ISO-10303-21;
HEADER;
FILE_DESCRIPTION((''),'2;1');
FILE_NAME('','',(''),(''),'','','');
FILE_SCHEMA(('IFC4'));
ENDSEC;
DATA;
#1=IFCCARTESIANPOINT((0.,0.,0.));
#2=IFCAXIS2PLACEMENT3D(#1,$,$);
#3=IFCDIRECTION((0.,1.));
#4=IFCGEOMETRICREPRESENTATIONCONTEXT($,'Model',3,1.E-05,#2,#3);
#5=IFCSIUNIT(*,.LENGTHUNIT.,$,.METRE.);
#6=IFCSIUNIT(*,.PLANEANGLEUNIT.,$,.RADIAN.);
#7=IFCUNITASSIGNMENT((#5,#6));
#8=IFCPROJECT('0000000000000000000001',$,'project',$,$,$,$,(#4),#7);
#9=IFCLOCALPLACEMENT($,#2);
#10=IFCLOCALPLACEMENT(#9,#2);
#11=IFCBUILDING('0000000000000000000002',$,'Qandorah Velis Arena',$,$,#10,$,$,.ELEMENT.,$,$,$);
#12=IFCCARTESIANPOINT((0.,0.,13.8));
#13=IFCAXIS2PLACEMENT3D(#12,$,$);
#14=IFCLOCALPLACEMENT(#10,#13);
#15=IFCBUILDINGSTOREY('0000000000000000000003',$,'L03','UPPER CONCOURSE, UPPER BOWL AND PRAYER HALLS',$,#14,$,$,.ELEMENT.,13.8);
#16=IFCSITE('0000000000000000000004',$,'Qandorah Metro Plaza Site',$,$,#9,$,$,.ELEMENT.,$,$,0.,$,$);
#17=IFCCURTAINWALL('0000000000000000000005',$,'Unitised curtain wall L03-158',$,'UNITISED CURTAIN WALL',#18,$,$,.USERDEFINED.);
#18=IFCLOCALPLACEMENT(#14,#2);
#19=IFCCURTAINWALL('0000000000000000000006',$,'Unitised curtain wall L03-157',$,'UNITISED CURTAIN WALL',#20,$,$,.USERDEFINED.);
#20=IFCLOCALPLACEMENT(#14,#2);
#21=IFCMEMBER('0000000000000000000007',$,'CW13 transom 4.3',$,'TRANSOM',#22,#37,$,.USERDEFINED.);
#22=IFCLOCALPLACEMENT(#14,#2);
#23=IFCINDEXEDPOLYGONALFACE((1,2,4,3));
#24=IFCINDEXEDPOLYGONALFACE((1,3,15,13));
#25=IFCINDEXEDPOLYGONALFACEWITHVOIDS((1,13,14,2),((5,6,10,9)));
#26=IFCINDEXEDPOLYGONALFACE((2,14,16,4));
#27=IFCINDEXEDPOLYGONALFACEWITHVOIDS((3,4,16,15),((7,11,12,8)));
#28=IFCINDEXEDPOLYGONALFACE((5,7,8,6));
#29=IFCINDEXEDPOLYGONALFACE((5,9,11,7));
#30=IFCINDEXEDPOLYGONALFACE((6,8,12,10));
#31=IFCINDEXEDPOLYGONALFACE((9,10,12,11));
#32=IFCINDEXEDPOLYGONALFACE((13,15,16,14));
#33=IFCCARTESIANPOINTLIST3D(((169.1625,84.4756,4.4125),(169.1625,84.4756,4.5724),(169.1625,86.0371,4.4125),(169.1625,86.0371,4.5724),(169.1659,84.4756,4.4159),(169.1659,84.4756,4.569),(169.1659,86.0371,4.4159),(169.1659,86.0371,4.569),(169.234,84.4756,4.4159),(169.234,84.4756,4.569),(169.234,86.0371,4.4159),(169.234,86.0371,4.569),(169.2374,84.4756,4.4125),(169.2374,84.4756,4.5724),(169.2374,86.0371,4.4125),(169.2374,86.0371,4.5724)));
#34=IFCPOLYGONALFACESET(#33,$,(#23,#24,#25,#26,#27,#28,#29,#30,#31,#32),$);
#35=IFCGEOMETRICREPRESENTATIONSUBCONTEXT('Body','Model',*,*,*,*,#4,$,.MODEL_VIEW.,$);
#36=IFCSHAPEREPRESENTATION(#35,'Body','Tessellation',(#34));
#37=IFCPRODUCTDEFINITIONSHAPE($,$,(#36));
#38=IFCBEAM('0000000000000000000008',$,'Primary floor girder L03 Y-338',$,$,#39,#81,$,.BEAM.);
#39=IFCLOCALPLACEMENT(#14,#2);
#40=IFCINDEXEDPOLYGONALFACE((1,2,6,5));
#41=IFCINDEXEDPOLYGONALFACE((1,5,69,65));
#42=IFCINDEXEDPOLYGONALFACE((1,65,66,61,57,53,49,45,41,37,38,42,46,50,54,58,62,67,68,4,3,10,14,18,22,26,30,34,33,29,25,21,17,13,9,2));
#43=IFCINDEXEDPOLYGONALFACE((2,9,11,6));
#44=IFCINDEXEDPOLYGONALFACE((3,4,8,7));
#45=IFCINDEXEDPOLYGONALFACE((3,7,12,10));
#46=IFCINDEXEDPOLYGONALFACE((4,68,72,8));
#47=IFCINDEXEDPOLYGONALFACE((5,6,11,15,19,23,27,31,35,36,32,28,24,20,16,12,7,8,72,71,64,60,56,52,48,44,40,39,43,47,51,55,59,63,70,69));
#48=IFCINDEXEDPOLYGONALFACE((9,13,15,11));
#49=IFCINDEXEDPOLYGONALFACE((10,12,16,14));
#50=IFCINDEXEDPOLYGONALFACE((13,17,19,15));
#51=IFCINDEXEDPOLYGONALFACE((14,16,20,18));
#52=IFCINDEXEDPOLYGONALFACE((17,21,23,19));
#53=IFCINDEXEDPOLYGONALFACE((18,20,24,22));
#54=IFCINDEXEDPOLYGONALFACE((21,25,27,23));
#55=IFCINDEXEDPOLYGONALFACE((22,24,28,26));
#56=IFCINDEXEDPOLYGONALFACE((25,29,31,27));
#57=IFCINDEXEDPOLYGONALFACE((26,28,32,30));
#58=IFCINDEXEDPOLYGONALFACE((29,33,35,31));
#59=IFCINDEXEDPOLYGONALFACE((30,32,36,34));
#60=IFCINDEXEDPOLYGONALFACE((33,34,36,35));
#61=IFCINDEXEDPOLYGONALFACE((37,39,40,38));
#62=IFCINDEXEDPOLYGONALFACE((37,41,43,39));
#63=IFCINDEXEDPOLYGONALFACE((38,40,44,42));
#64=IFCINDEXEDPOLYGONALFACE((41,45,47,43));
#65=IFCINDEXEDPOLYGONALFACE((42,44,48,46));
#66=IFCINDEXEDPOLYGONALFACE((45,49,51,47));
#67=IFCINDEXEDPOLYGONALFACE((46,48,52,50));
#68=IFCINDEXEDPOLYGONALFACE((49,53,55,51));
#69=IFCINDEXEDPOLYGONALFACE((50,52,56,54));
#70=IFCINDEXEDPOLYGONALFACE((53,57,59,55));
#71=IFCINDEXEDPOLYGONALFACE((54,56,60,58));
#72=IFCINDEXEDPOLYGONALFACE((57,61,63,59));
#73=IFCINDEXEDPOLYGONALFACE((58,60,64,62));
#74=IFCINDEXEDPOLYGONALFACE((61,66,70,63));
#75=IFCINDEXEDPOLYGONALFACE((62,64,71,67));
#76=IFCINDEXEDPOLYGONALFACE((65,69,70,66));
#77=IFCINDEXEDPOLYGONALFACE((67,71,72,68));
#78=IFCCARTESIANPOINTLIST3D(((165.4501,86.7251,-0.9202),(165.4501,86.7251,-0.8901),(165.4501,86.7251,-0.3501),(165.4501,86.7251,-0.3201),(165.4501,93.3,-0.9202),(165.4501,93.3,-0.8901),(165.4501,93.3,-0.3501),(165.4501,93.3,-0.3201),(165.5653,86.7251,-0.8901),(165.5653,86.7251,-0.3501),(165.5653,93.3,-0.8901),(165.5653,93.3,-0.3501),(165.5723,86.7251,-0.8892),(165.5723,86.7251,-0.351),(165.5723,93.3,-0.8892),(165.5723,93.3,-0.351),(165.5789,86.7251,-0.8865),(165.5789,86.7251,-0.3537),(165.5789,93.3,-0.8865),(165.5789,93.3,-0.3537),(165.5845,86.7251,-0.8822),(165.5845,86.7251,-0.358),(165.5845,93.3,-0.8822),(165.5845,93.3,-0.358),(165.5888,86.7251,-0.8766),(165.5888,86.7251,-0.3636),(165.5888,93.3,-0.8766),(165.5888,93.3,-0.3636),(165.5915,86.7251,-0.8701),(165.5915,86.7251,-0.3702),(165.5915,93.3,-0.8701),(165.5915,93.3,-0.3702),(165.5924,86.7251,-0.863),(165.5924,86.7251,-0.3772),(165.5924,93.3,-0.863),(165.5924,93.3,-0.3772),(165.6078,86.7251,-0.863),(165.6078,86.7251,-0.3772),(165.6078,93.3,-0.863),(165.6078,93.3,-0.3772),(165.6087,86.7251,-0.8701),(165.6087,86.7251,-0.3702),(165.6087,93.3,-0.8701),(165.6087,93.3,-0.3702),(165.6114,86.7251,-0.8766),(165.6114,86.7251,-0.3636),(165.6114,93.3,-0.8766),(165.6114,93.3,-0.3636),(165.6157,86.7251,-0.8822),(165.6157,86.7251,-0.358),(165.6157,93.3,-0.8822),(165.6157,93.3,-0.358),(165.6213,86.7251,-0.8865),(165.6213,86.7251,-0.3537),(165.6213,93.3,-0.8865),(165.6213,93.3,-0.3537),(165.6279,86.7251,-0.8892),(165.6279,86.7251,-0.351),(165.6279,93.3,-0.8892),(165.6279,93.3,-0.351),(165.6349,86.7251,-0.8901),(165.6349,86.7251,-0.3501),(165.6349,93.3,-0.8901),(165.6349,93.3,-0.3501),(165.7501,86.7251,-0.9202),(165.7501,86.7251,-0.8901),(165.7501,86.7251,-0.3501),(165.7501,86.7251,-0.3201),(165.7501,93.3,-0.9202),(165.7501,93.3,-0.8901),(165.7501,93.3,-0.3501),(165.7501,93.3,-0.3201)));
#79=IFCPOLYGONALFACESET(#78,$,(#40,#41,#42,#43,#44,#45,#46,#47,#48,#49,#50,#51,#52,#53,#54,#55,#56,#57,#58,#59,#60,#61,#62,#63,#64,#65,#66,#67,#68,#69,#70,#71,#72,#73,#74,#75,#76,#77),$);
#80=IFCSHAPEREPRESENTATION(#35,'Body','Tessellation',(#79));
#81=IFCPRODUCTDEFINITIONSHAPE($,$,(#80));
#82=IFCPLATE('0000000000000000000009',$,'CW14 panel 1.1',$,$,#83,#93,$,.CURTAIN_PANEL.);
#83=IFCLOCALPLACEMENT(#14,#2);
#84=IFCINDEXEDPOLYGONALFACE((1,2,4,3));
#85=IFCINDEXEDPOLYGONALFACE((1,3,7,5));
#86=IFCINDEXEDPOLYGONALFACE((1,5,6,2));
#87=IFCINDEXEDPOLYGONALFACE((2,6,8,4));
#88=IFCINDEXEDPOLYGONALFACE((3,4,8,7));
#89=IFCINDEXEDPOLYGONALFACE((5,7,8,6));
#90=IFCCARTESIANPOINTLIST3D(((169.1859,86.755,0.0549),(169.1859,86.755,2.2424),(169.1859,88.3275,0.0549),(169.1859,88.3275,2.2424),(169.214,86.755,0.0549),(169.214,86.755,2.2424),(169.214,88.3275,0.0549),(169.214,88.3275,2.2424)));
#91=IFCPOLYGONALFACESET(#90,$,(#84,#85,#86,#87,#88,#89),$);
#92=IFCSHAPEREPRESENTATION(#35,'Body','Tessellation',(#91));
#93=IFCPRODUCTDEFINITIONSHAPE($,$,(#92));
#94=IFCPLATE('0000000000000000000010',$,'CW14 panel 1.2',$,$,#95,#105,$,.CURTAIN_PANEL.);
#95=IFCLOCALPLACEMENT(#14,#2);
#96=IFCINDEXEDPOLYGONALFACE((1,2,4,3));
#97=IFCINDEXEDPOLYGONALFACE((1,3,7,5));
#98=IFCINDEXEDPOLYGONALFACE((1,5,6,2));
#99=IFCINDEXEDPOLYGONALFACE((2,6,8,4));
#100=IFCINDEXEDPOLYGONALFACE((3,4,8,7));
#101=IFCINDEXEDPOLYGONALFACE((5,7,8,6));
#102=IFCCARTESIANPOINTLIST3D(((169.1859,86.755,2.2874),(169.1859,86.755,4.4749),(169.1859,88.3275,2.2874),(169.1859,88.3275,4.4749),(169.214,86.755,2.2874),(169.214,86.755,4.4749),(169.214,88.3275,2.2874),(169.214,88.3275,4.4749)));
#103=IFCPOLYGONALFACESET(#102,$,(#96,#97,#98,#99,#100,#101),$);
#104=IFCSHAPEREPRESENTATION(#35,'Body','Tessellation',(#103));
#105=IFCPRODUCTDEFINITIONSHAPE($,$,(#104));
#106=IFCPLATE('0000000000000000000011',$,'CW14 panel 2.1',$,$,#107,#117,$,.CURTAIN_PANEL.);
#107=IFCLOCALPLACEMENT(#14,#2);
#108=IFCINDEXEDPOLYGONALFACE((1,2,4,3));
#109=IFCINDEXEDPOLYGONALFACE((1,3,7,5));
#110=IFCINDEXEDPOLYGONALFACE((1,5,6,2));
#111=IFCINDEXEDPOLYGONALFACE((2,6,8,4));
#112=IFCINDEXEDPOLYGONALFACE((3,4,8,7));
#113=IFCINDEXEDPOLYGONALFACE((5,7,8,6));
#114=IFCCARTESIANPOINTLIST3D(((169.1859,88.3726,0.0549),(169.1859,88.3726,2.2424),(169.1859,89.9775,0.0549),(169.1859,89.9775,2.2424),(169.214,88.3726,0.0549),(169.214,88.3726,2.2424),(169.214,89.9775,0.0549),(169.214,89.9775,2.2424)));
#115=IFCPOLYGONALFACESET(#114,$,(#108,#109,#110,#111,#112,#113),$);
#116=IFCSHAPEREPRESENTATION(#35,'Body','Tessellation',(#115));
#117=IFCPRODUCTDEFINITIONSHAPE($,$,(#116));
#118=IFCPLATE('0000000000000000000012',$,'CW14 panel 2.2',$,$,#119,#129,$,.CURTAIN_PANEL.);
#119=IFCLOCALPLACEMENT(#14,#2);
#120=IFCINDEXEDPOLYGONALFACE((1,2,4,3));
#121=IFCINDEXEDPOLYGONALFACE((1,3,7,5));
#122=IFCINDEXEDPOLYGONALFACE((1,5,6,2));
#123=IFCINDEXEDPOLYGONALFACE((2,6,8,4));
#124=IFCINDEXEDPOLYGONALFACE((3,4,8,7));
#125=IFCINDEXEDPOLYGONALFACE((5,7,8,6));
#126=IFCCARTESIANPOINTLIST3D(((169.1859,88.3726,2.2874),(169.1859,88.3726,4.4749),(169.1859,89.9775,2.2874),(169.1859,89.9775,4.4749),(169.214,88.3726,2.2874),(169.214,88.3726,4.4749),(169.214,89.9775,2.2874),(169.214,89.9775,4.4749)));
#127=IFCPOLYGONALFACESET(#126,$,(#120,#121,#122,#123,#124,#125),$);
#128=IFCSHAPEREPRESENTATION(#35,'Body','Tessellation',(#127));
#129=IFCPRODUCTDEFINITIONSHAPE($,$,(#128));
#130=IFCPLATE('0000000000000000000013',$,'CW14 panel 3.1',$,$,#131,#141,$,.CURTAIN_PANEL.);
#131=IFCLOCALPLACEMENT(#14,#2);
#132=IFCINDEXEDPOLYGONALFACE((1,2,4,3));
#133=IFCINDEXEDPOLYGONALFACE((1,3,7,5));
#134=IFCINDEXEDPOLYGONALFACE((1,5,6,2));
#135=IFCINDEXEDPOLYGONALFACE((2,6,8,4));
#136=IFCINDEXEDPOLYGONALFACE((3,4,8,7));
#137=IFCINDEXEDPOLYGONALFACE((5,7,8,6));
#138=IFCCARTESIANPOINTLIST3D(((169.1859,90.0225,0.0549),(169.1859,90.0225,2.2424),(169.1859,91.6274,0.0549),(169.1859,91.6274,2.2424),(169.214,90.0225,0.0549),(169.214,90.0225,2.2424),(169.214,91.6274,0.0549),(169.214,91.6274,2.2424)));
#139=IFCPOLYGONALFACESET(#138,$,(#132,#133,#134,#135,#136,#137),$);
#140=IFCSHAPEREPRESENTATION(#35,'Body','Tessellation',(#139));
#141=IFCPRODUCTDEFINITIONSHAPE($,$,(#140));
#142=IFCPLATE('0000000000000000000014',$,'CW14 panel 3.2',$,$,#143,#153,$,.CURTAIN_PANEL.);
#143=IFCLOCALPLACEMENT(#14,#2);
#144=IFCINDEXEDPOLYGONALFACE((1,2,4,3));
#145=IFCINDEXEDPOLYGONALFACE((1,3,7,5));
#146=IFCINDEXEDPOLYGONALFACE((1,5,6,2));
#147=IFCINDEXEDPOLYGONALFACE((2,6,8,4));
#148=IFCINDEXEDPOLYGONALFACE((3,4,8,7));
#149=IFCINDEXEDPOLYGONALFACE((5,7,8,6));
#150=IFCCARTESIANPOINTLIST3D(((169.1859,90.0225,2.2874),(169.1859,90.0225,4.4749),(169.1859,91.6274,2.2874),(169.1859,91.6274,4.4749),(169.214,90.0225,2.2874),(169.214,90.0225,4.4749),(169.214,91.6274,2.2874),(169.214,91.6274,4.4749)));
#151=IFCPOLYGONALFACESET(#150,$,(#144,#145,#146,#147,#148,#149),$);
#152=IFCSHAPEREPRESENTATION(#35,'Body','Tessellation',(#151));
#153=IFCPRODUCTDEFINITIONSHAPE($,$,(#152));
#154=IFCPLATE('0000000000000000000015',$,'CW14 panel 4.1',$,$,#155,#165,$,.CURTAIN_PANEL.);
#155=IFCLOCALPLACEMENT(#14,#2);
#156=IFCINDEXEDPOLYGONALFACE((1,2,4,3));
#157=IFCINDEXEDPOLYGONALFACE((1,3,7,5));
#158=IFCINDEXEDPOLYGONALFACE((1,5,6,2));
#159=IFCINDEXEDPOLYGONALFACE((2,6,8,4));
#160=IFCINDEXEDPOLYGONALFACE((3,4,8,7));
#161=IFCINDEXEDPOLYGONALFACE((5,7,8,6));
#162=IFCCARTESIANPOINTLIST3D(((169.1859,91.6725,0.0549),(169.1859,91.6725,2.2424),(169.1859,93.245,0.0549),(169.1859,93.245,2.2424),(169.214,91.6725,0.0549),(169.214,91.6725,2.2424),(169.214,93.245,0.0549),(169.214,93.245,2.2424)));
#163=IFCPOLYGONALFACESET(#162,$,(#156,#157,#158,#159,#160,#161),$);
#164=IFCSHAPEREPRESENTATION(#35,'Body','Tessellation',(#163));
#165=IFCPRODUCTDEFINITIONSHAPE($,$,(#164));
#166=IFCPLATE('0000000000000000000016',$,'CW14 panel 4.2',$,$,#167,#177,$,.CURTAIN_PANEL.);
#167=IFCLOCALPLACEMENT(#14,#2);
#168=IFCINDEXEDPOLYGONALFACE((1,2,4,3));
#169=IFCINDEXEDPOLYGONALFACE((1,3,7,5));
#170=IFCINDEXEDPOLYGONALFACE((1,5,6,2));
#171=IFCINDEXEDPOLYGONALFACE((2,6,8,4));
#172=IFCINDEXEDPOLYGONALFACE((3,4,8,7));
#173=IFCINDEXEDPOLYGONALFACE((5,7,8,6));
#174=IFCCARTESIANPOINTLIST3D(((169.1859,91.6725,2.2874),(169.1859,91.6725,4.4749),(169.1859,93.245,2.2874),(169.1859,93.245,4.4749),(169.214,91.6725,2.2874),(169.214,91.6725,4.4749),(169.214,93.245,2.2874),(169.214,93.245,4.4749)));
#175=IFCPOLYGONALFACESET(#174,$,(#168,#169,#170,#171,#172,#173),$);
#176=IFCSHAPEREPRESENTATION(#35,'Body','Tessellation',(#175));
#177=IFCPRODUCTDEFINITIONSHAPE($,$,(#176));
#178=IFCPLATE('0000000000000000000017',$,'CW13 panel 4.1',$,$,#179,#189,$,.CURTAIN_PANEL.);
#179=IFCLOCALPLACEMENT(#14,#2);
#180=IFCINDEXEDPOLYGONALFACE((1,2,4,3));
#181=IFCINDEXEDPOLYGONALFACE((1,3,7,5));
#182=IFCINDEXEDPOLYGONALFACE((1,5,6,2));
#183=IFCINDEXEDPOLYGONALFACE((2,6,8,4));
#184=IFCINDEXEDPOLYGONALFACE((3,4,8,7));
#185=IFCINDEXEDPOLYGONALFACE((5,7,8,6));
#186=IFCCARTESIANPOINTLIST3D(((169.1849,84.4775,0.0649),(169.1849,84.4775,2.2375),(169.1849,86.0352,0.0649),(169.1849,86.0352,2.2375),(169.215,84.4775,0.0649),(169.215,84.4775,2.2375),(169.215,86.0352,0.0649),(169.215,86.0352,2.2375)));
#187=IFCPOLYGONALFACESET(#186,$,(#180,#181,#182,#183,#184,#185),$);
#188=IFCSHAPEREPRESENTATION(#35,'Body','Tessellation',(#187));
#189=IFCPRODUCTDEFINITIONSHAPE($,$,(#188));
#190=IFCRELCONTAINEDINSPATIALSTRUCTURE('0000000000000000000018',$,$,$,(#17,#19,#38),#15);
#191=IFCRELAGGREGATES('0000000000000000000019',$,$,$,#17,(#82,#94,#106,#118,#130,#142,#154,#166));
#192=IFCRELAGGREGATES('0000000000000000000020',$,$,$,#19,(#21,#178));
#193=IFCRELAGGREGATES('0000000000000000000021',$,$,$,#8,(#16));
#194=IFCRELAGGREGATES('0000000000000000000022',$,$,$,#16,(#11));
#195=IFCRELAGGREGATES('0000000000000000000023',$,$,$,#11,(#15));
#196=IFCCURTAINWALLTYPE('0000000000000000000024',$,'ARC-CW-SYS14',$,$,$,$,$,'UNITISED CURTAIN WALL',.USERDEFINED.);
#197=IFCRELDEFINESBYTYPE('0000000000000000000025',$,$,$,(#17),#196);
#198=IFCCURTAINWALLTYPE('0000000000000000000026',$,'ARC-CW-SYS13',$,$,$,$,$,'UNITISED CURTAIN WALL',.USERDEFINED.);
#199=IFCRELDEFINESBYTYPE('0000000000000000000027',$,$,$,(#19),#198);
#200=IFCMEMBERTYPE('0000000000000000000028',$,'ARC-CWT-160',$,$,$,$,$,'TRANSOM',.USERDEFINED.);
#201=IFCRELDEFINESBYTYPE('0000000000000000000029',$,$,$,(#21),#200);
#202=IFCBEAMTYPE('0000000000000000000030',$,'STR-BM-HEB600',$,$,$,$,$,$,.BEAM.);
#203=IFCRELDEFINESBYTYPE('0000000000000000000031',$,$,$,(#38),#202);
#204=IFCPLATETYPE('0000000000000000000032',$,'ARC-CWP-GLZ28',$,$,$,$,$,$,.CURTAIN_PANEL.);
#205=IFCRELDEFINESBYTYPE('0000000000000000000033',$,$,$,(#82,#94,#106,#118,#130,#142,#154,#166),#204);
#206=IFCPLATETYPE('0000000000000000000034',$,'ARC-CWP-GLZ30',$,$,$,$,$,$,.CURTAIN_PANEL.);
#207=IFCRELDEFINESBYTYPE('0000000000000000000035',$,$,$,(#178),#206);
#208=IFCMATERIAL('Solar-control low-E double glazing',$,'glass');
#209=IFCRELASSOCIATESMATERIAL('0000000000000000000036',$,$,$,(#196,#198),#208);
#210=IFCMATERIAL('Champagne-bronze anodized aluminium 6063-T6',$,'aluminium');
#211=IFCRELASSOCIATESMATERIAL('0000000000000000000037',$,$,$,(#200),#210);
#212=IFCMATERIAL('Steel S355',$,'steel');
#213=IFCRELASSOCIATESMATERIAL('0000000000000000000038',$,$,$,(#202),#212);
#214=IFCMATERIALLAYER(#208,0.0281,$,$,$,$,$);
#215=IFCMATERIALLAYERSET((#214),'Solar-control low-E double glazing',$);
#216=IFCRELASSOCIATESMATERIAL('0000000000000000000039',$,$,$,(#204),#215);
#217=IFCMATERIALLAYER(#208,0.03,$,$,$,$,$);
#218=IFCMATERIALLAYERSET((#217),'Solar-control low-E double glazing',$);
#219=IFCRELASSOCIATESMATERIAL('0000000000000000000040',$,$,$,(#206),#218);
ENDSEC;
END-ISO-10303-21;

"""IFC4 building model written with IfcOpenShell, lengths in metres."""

from ifc_helpers import new_model, si_unit, direction, frame, origin, origin_2d, place, context, subcontext, project, spatial, rectangle, hollow_rectangle, i_section, extrude, material, layer, layer_set, material_profile, profile_set, type_object, element, aggregate, save


model = new_model("IFC4")

# Units and contexts
model_context = context("Model", 3, precision=1e-05, world=origin(), true_north=direction((0.0, 1.0)))
body_context = subcontext(model_context, "Body", "Model", "MODEL_VIEW")
ifc_project = project(units=[si_unit("LENGTHUNIT", "METRE"), si_unit("PLANEANGLEUNIT", "RADIAN")], contexts=[model_context])

# Site, building, storey
site_placement = place(None, origin())
site = spatial("IfcSite", under=ifc_project, at=site_placement, Name="Qandorah Metro Plaza Site", CompositionType="ELEMENT", RefElevation=0.0)
building_placement = place(site_placement, origin())
building = spatial("IfcBuilding", under=site, at=building_placement, Name="Qandorah Velis Arena", CompositionType="ELEMENT")
storey_placement = place(building_placement, frame((0.0, 0.0, 13.8)))
storey = spatial("IfcBuildingStorey", under=building, at=storey_placement, Name="L03", Description="UPPER CONCOURSE, UPPER BOWL AND PRAYER HALLS", CompositionType="ELEMENT", Elevation=13.8)

# Curtain wall
ifc_material_1 = material(Name="Solar-control low-E double glazing", Category="glass")
curtain_wall_type_1 = type_object("IfcCurtainWallType", Name="ARC-CW-SYS14", ElementType="UNITISED CURTAIN WALL", PredefinedType="USERDEFINED", material=ifc_material_1)
curtain_wall_1_placement = place(storey_placement, origin())
curtain_wall_1 = element("IfcCurtainWall", 1, at=curtain_wall_1_placement, inside=storey, type_object=curtain_wall_type_1, Name="Unitised curtain wall L03-158", ObjectType="UNITISED CURTAIN WALL", PredefinedType="USERDEFINED")
ifc_material_2 = material(Name="Champagne-bronze anodized aluminium 6063-T6", Category="aluminium")

# Curtain wall
curtain_wall_type_2 = type_object("IfcCurtainWallType", Name="ARC-CW-SYS13", ElementType="UNITISED CURTAIN WALL", PredefinedType="USERDEFINED", material=ifc_material_1)
curtain_wall_2_placement = place(storey_placement, origin())
curtain_wall_2 = element("IfcCurtainWall", 2, at=curtain_wall_2_placement, inside=storey, type_object=curtain_wall_type_2, Name="Unitised curtain wall L03-157", ObjectType="UNITISED CURTAIN WALL", PredefinedType="USERDEFINED")

# Member
ifc_material_profile_1 = material_profile(ifc_material_2, hollow_rectangle(XDim=0.075, YDim=0.1599, WallThickness=0.0034, at=origin_2d()), Name="ALU TRANSOM 75x160")
ifc_profile_set_1 = profile_set([ifc_material_profile_1], Name="Champagne-bronze anodized aluminium 6063-T6")
member_type_1 = type_object("IfcMemberType", Name="ARC-CWT-160", ElementType="TRANSOM", PredefinedType="USERDEFINED", material=ifc_profile_set_1)
member_1_placement = place(storey_placement, frame((169.2, 84.4756, 4.4924), z_axis=(0.0, 1.0, 0.0), x_axis=(-1.0, 0.0, 0.0)))
member_1 = element("IfcMember", 3, at=member_1_placement, type_object=member_type_1, Name="CW13 transom 4.3", ObjectType="TRANSOM", PredefinedType="USERDEFINED", context=body_context, shape_type="SweptSolid", body=[
    extrude(hollow_rectangle(XDim=0.075, YDim=0.1599, WallThickness=0.0034, at=origin_2d()), origin(), (0.0, 0.0, 1.0), 1.5615),
])

# Beam
ifc_material_3 = material(Name="Steel S355", Category="steel")
ifc_material_profile_2 = material_profile(ifc_material_3, i_section(OverallWidth=0.3, OverallDepth=0.6001, WebThickness=0.0154, FlangeThickness=0.03, FilletRadius=0.0271, at=origin_2d()), Name="HEB 600")
ifc_profile_set_2 = profile_set([ifc_material_profile_2], Name="Steel S355")
beam_type = type_object("IfcBeamType", Name="STR-BM-HEB600", PredefinedType="BEAM", material=ifc_profile_set_2)
beam_placement = place(storey_placement, frame((165.6001, 86.7251, -0.6201), z_axis=(0.0, 1.0, 0.0), x_axis=(-1.0, 0.0, 0.0)))
element("IfcBeam", 4, at=beam_placement, inside=storey, type_object=beam_type, Name="Primary floor girder L03 Y-338", PredefinedType="BEAM", context=body_context, shape_type="SweptSolid", body=[
    extrude(i_section(OverallWidth=0.3, OverallDepth=0.6001, WebThickness=0.0154, FlangeThickness=0.03, FilletRadius=0.0271, at=origin_2d()), origin(), (0.0, 0.0, 1.0), 6.575),
])

# Plates
ifc_layer_1 = layer(ifc_material_1, 0.0281)
ifc_layer_set_1 = layer_set([ifc_layer_1], Name="Solar-control low-E double glazing")
plate_type_1 = type_object("IfcPlateType", Name="ARC-CWP-GLZ28", PredefinedType="CURTAIN_PANEL", material=ifc_layer_set_1)
plate_1_placement = place(storey_placement, frame((169.2, 87.5413, 0.0549), z_axis=(0.0, 0.0, 1.0), x_axis=(0.0, 1.0, 0.0)))
plate_1 = element("IfcPlate", 5, at=plate_1_placement, type_object=plate_type_1, Name="CW14 panel 1.1", PredefinedType="CURTAIN_PANEL", context=body_context, shape_type="SweptSolid", body=[
    extrude(rectangle(XDim=1.5725, YDim=0.0281, at=origin_2d()), origin(), (0.0, 0.0, 1.0), 2.1875),
])
plate_2_placement = place(storey_placement, frame((169.2, 87.5413, 2.2874), z_axis=(0.0, 0.0, 1.0), x_axis=(0.0, 1.0, 0.0)))
plate_2 = element("IfcPlate", 6, at=plate_2_placement, type_object=plate_type_1, Name="CW14 panel 1.2", PredefinedType="CURTAIN_PANEL", context=body_context, shape_type="SweptSolid", body=[
    extrude(rectangle(XDim=1.5725, YDim=0.0281, at=origin_2d()), origin(), (0.0, 0.0, 1.0), 2.1875),
])
plate_3_placement = place(storey_placement, frame((169.2, 89.175, 0.0549), z_axis=(0.0, 0.0, 1.0), x_axis=(0.0, 1.0, 0.0)))
plate_3 = element("IfcPlate", 7, at=plate_3_placement, type_object=plate_type_1, Name="CW14 panel 2.1", PredefinedType="CURTAIN_PANEL", context=body_context, shape_type="SweptSolid", body=[
    extrude(rectangle(XDim=1.605, YDim=0.0281, at=origin_2d()), origin(), (0.0, 0.0, 1.0), 2.1875),
])
plate_4_placement = place(storey_placement, frame((169.2, 89.175, 2.2874), z_axis=(0.0, 0.0, 1.0), x_axis=(0.0, 1.0, 0.0)))
plate_4 = element("IfcPlate", 8, at=plate_4_placement, type_object=plate_type_1, Name="CW14 panel 2.2", PredefinedType="CURTAIN_PANEL", context=body_context, shape_type="SweptSolid", body=[
    extrude(rectangle(XDim=1.605, YDim=0.0281, at=origin_2d()), origin(), (0.0, 0.0, 1.0), 2.1875),
])
plate_5_placement = place(storey_placement, frame((169.2, 90.825, 0.0549), z_axis=(0.0, 0.0, 1.0), x_axis=(0.0, 1.0, 0.0)))
plate_5 = element("IfcPlate", 9, at=plate_5_placement, type_object=plate_type_1, Name="CW14 panel 3.1", PredefinedType="CURTAIN_PANEL", context=body_context, shape_type="SweptSolid", body=[
    extrude(rectangle(XDim=1.605, YDim=0.0281, at=origin_2d()), origin(), (0.0, 0.0, 1.0), 2.1875),
])
plate_6_placement = place(storey_placement, frame((169.2, 90.825, 2.2874), z_axis=(0.0, 0.0, 1.0), x_axis=(0.0, 1.0, 0.0)))
plate_6 = element("IfcPlate", 10, at=plate_6_placement, type_object=plate_type_1, Name="CW14 panel 3.2", PredefinedType="CURTAIN_PANEL", context=body_context, shape_type="SweptSolid", body=[
    extrude(rectangle(XDim=1.605, YDim=0.0281, at=origin_2d()), origin(), (0.0, 0.0, 1.0), 2.1875),
])
plate_7_placement = place(storey_placement, frame((169.2, 92.4587, 0.0549), z_axis=(0.0, 0.0, 1.0), x_axis=(0.0, 1.0, 0.0)))
plate_7 = element("IfcPlate", 11, at=plate_7_placement, type_object=plate_type_1, Name="CW14 panel 4.1", PredefinedType="CURTAIN_PANEL", context=body_context, shape_type="SweptSolid", body=[
    extrude(rectangle(XDim=1.5725, YDim=0.0281, at=origin_2d()), origin(), (0.0, 0.0, 1.0), 2.1875),
])
plate_8_placement = place(storey_placement, frame((169.2, 92.4587, 2.2874), z_axis=(0.0, 0.0, 1.0), x_axis=(0.0, 1.0, 0.0)))
plate_8 = element("IfcPlate", 12, at=plate_8_placement, type_object=plate_type_1, Name="CW14 panel 4.2", PredefinedType="CURTAIN_PANEL", context=body_context, shape_type="SweptSolid", body=[
    extrude(rectangle(XDim=1.5725, YDim=0.0281, at=origin_2d()), origin(), (0.0, 0.0, 1.0), 2.1875),
])
aggregate(curtain_wall_1, [plate_1, plate_2, plate_3, plate_4, plate_5, plate_6, plate_7, plate_8])
ifc_layer_2 = layer(ifc_material_1, 0.03)
ifc_layer_set_2 = layer_set([ifc_layer_2], Name="Solar-control low-E double glazing")
plate_type_2 = type_object("IfcPlateType", Name="ARC-CWP-GLZ30", PredefinedType="CURTAIN_PANEL", material=ifc_layer_set_2)
plate_9_placement = place(storey_placement, frame((169.2, 85.2563, 0.0649), z_axis=(0.0, 0.0, 1.0), x_axis=(0.0, 1.0, 0.0)))
plate_9 = element("IfcPlate", 13, at=plate_9_placement, type_object=plate_type_2, Name="CW13 panel 4.1", PredefinedType="CURTAIN_PANEL", context=body_context, shape_type="SweptSolid", body=[
    extrude(rectangle(XDim=1.5576, YDim=0.03, at=origin_2d()), origin(), (0.0, 0.0, 1.0), 2.1726),
])
aggregate(curtain_wall_2, [member_1, plate_9])

save(model, "model.ifc")
